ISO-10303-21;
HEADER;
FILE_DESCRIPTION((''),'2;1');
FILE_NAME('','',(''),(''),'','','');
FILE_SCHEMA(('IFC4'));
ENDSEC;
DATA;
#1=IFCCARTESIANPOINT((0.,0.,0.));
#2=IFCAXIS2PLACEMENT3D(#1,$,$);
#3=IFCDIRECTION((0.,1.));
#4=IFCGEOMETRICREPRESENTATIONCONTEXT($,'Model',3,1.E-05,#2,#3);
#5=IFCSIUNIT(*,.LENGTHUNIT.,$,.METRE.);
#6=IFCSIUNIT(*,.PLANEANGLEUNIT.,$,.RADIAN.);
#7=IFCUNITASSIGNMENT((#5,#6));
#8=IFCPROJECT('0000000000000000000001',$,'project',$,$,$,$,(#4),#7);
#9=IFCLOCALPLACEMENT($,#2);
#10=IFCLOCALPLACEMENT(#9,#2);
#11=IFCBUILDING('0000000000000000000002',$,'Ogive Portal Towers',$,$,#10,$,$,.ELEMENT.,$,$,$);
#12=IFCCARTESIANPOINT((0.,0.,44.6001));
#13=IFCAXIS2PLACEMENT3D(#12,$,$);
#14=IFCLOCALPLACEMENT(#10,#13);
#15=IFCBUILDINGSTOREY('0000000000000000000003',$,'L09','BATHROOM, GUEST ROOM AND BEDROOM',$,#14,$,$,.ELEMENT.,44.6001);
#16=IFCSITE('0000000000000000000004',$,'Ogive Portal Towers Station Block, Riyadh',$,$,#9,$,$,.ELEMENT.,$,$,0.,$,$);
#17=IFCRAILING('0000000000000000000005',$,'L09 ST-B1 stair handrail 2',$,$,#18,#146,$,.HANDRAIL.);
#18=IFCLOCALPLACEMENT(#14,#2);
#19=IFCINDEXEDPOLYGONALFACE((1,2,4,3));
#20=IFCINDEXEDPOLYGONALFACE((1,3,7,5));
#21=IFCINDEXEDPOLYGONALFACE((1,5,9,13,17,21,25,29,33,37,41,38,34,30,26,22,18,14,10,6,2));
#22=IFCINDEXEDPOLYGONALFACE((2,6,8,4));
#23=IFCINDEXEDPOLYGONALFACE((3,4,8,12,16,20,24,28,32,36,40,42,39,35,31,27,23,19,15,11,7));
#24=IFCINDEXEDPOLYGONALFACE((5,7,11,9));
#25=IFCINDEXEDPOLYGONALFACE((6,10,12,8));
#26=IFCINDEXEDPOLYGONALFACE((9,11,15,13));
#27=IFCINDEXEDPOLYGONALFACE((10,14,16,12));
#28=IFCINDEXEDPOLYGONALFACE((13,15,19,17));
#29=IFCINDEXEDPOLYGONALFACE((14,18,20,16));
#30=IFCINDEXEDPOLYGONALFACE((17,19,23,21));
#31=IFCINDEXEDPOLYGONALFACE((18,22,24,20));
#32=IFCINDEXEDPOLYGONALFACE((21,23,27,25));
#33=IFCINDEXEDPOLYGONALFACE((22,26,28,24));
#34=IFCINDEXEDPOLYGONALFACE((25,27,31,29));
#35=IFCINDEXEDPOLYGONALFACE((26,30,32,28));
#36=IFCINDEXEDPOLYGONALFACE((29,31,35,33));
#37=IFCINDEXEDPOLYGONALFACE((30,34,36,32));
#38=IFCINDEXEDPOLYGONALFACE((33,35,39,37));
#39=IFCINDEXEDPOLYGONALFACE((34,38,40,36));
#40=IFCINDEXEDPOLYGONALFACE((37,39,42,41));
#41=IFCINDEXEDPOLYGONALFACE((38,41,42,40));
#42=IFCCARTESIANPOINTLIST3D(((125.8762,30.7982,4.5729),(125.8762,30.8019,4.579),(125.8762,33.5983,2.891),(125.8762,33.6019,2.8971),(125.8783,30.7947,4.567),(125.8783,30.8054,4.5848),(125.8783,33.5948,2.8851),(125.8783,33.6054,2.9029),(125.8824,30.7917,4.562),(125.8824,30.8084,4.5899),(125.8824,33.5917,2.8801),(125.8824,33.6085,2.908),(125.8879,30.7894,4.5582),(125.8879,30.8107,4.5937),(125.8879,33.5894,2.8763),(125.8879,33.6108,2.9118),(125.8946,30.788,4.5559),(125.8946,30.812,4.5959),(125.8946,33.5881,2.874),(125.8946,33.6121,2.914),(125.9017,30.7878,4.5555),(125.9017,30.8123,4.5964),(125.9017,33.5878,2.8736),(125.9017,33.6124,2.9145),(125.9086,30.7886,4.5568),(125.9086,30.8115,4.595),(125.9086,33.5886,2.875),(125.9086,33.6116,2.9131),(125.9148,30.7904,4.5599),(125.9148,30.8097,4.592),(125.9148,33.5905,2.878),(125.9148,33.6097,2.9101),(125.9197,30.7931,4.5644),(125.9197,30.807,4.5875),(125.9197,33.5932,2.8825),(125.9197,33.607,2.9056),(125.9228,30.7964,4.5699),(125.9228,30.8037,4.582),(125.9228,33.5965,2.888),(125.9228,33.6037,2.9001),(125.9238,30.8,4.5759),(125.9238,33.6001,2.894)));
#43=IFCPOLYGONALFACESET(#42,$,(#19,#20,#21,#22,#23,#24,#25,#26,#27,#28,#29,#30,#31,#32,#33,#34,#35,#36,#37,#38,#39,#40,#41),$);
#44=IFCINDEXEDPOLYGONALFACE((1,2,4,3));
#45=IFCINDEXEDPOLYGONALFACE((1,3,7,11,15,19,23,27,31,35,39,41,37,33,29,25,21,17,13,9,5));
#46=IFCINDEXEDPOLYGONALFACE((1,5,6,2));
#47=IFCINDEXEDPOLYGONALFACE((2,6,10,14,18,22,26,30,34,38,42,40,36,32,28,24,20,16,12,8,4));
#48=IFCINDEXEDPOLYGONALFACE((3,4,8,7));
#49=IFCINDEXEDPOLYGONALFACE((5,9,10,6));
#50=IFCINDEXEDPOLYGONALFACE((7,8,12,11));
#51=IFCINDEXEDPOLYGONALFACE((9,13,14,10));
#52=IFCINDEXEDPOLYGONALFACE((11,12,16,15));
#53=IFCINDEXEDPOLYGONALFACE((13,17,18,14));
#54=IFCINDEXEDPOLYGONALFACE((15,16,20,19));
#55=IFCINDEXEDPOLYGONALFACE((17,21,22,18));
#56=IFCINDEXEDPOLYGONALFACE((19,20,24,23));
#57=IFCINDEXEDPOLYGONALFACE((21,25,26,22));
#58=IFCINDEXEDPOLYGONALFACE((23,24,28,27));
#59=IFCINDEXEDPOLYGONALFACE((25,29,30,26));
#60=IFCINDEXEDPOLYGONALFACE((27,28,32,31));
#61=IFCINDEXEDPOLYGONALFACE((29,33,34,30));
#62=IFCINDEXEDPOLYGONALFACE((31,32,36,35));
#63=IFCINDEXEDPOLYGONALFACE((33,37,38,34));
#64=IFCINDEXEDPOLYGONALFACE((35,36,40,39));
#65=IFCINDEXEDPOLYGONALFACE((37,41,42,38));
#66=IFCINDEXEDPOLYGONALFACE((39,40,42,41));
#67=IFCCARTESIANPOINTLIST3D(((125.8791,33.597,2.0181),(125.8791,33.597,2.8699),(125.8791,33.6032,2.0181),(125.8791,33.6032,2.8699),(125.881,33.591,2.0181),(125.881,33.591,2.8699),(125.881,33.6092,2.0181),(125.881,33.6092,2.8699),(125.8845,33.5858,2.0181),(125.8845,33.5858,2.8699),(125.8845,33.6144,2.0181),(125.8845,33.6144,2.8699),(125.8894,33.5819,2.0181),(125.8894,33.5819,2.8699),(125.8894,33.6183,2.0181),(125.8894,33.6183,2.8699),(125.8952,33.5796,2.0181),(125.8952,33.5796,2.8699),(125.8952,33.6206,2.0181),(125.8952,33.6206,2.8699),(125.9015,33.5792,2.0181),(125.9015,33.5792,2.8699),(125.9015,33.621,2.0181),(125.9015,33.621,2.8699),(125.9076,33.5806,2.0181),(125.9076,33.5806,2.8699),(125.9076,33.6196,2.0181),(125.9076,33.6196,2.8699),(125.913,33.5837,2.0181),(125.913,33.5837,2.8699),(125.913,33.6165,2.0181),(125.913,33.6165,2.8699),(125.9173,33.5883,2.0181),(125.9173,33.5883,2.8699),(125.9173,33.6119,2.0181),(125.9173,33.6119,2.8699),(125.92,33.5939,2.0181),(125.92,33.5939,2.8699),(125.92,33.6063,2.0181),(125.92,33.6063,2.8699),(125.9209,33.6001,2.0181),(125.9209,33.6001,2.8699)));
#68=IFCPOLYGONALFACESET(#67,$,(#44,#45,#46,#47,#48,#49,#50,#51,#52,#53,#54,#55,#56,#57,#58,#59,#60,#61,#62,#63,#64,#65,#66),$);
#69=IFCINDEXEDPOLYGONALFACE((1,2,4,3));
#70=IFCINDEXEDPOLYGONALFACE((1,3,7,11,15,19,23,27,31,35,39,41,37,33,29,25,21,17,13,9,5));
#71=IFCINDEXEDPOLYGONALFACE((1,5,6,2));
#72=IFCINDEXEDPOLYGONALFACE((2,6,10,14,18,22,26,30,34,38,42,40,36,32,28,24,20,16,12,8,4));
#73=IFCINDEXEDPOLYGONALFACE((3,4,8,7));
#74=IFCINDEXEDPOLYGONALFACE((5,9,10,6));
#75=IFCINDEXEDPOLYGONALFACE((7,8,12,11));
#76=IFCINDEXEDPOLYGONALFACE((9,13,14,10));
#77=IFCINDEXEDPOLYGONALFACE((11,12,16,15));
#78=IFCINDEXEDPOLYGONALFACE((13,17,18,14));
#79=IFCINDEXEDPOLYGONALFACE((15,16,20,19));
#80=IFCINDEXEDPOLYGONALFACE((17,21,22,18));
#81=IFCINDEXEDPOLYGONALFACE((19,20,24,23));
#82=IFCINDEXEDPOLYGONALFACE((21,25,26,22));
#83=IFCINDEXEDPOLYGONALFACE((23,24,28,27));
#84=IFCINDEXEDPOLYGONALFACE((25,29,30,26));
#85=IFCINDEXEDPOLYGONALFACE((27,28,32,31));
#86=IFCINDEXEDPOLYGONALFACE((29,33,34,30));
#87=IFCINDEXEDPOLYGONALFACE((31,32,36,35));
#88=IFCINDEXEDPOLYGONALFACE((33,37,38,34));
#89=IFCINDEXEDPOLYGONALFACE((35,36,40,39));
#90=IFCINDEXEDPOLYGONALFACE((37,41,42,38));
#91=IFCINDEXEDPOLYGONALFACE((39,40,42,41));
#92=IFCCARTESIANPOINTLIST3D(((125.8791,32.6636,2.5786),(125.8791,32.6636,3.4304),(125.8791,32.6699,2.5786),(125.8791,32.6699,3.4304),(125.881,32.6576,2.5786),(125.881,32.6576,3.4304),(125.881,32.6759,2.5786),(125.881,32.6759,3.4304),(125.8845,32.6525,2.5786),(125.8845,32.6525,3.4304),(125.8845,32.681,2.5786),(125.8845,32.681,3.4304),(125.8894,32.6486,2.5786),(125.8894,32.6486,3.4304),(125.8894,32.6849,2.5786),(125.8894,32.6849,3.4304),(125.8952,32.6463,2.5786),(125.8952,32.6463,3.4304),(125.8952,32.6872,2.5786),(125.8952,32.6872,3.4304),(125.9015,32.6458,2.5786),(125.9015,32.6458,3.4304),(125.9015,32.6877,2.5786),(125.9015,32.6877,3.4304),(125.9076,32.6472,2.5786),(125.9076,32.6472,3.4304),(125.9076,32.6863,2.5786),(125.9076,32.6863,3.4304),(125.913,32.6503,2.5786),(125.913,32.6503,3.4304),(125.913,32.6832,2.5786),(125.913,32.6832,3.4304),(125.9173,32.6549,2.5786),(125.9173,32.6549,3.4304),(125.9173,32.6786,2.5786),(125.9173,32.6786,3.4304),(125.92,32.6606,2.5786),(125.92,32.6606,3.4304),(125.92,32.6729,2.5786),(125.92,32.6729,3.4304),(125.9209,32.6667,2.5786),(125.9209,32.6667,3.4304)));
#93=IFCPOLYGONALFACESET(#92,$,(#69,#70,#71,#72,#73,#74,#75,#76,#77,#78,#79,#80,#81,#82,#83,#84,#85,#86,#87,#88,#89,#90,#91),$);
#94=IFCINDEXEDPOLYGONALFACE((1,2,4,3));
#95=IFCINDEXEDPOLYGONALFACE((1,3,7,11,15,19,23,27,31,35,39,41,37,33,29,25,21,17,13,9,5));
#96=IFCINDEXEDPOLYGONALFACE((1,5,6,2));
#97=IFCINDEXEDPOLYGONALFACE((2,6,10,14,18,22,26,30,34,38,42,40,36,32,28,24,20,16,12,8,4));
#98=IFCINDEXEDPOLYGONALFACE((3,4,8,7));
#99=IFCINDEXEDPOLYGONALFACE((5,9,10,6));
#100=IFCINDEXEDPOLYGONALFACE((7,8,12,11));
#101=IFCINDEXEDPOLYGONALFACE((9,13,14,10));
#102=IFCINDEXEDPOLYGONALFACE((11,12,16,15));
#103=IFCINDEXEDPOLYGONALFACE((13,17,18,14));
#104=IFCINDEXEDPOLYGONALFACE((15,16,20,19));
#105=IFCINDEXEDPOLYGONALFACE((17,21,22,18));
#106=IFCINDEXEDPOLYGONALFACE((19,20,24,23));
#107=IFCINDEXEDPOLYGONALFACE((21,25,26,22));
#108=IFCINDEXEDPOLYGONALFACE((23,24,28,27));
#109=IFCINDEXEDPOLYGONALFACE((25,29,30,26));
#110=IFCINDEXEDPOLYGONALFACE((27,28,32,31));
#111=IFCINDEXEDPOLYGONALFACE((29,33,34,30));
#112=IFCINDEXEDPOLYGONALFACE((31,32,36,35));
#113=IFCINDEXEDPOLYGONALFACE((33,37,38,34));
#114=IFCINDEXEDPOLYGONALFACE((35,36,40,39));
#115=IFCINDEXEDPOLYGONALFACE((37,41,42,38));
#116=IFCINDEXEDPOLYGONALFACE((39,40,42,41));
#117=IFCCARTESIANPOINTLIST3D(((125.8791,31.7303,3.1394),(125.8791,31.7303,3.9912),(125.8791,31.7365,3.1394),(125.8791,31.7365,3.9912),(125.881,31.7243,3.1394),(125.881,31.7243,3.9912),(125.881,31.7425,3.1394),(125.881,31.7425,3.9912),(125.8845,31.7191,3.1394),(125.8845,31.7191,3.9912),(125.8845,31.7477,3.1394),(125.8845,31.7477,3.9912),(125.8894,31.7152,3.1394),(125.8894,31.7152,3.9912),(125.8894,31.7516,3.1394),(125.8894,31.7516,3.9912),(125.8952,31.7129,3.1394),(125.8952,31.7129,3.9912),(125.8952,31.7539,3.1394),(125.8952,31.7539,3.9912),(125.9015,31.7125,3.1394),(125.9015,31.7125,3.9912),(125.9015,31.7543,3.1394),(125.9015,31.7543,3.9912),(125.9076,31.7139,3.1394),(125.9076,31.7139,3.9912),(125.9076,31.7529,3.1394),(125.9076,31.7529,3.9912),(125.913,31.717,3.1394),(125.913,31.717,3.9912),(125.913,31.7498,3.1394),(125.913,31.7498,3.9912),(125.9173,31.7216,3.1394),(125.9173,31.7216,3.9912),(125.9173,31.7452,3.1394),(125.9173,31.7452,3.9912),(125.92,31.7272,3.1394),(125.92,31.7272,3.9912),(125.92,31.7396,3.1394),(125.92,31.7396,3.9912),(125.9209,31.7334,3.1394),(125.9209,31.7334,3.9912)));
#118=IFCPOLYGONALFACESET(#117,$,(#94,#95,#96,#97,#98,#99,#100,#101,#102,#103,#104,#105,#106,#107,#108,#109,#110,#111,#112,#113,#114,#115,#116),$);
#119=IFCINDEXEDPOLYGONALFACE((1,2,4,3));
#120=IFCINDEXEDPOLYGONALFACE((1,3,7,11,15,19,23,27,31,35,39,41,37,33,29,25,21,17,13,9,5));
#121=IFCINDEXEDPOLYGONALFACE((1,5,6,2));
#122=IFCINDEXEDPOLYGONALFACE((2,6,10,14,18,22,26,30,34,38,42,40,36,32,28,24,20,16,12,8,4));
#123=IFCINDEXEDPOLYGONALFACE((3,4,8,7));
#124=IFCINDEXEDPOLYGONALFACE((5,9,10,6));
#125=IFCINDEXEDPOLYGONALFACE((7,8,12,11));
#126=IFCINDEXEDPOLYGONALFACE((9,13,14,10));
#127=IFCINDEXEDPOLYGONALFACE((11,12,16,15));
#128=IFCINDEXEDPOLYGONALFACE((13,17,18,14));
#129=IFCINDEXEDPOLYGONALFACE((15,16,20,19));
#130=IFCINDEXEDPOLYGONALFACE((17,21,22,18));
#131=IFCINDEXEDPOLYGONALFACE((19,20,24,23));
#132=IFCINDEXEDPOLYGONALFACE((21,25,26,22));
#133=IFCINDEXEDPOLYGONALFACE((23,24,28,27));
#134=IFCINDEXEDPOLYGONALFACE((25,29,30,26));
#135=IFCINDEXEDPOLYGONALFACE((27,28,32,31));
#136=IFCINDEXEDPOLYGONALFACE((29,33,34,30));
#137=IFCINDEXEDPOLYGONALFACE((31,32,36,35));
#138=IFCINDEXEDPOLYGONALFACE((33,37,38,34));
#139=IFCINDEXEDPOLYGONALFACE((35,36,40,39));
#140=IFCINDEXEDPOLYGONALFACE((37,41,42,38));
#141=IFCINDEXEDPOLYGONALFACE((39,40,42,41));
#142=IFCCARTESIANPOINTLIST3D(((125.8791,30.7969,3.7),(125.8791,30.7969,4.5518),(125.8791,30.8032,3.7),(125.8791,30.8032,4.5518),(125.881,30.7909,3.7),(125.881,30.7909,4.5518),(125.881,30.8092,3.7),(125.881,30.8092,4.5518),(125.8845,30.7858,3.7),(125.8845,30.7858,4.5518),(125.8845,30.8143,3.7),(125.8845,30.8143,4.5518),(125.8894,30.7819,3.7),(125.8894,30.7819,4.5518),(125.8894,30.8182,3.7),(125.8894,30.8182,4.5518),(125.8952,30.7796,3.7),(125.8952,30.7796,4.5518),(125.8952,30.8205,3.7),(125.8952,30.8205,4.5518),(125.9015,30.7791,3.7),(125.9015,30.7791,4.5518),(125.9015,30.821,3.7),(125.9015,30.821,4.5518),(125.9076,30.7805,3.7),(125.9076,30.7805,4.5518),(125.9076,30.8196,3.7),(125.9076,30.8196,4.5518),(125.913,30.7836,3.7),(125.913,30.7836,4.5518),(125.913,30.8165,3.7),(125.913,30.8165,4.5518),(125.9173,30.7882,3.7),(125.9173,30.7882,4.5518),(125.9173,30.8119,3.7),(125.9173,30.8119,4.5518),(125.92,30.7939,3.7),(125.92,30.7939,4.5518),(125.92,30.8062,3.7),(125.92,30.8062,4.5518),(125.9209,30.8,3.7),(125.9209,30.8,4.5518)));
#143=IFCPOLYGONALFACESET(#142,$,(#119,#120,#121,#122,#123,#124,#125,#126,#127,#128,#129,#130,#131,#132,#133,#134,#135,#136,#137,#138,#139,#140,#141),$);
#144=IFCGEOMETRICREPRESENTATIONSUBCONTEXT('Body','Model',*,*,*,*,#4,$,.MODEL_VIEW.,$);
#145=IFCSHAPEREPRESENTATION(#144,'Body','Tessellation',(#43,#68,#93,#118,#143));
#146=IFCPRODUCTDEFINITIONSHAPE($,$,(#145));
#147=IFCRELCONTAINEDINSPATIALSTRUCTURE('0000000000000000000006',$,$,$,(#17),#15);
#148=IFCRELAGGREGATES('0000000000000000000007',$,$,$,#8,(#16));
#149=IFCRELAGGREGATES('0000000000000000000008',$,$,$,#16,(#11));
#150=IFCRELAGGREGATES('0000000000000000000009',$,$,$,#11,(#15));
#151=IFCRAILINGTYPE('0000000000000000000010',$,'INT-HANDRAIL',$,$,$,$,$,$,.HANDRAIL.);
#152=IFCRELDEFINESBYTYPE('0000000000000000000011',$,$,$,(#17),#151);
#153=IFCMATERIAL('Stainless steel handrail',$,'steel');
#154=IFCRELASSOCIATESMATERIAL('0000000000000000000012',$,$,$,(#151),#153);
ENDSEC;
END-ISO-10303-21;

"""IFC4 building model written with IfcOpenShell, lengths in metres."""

from ifc_helpers import new_model, si_unit, direction, frame, origin, origin_2d, place, context, subcontext, project, spatial, circle, extrude, material, type_object, element, save


model = new_model("IFC4")

# Units and contexts
model_context = context("Model", 3, precision=1e-05, world=origin(), true_north=direction((0.0, 1.0)))
body_context = subcontext(model_context, "Body", "Model", "MODEL_VIEW")
ifc_project = project(units=[si_unit("LENGTHUNIT", "METRE"), si_unit("PLANEANGLEUNIT", "RADIAN")], contexts=[model_context])

# Site, building, storey
site_placement = place(None, origin())
site = spatial("IfcSite", under=ifc_project, at=site_placement, Name="Ogive Portal Towers Station Block, Riyadh", CompositionType="ELEMENT", RefElevation=0.0)
building_placement = place(site_placement, origin())
building = spatial("IfcBuilding", under=site, at=building_placement, Name="Ogive Portal Towers", CompositionType="ELEMENT")
storey_placement = place(building_placement, frame((0.0, 0.0, 44.6001)))
storey = spatial("IfcBuildingStorey", under=building, at=storey_placement, Name="L09", Description="BATHROOM, GUEST ROOM AND BEDROOM", CompositionType="ELEMENT", Elevation=44.6001)

# Railing
ifc_material_1 = material(Name="Stainless steel handrail", Category="steel")
railing_type_1 = type_object("IfcRailingType", Name="INT-HANDRAIL", PredefinedType="HANDRAIL", material=ifc_material_1)
railing_1_placement = place(storey_placement, frame((125.8999, 33.6001, 2.0181)))
element("IfcRailing", 1, at=railing_1_placement, inside=storey, type_object=railing_type_1, Name="L09 ST-B1 stair handrail 2", PredefinedType="HANDRAIL", context=body_context, shape_type="SweptSolid", body=[
    extrude(circle(Radius=0.0239, at=origin_2d()), frame((0.0, 0.0, 0.876), z_axis=(0.0, -0.857242, 0.514913), x_axis=(1.0, 0.0, 0.0)), (0.0, 0.0, 1.0), 3.2664),
    extrude(circle(Radius=0.021, at=origin_2d()), origin(), (0.0, 0.0, 1.0), 0.8518),
    extrude(circle(Radius=0.021, at=origin_2d()), frame((0.0, -0.9333, 0.5605)), (0.0, 0.0, 1.0), 0.8518),
    extrude(circle(Radius=0.021, at=origin_2d()), frame((0.0, -1.8667, 1.1213)), (0.0, 0.0, 1.0), 0.8518),
    extrude(circle(Radius=0.021, at=origin_2d()), frame((0.0, -2.8, 1.6819)), (0.0, 0.0, 1.0), 0.8518),
])

save(model, "model.ifc")
